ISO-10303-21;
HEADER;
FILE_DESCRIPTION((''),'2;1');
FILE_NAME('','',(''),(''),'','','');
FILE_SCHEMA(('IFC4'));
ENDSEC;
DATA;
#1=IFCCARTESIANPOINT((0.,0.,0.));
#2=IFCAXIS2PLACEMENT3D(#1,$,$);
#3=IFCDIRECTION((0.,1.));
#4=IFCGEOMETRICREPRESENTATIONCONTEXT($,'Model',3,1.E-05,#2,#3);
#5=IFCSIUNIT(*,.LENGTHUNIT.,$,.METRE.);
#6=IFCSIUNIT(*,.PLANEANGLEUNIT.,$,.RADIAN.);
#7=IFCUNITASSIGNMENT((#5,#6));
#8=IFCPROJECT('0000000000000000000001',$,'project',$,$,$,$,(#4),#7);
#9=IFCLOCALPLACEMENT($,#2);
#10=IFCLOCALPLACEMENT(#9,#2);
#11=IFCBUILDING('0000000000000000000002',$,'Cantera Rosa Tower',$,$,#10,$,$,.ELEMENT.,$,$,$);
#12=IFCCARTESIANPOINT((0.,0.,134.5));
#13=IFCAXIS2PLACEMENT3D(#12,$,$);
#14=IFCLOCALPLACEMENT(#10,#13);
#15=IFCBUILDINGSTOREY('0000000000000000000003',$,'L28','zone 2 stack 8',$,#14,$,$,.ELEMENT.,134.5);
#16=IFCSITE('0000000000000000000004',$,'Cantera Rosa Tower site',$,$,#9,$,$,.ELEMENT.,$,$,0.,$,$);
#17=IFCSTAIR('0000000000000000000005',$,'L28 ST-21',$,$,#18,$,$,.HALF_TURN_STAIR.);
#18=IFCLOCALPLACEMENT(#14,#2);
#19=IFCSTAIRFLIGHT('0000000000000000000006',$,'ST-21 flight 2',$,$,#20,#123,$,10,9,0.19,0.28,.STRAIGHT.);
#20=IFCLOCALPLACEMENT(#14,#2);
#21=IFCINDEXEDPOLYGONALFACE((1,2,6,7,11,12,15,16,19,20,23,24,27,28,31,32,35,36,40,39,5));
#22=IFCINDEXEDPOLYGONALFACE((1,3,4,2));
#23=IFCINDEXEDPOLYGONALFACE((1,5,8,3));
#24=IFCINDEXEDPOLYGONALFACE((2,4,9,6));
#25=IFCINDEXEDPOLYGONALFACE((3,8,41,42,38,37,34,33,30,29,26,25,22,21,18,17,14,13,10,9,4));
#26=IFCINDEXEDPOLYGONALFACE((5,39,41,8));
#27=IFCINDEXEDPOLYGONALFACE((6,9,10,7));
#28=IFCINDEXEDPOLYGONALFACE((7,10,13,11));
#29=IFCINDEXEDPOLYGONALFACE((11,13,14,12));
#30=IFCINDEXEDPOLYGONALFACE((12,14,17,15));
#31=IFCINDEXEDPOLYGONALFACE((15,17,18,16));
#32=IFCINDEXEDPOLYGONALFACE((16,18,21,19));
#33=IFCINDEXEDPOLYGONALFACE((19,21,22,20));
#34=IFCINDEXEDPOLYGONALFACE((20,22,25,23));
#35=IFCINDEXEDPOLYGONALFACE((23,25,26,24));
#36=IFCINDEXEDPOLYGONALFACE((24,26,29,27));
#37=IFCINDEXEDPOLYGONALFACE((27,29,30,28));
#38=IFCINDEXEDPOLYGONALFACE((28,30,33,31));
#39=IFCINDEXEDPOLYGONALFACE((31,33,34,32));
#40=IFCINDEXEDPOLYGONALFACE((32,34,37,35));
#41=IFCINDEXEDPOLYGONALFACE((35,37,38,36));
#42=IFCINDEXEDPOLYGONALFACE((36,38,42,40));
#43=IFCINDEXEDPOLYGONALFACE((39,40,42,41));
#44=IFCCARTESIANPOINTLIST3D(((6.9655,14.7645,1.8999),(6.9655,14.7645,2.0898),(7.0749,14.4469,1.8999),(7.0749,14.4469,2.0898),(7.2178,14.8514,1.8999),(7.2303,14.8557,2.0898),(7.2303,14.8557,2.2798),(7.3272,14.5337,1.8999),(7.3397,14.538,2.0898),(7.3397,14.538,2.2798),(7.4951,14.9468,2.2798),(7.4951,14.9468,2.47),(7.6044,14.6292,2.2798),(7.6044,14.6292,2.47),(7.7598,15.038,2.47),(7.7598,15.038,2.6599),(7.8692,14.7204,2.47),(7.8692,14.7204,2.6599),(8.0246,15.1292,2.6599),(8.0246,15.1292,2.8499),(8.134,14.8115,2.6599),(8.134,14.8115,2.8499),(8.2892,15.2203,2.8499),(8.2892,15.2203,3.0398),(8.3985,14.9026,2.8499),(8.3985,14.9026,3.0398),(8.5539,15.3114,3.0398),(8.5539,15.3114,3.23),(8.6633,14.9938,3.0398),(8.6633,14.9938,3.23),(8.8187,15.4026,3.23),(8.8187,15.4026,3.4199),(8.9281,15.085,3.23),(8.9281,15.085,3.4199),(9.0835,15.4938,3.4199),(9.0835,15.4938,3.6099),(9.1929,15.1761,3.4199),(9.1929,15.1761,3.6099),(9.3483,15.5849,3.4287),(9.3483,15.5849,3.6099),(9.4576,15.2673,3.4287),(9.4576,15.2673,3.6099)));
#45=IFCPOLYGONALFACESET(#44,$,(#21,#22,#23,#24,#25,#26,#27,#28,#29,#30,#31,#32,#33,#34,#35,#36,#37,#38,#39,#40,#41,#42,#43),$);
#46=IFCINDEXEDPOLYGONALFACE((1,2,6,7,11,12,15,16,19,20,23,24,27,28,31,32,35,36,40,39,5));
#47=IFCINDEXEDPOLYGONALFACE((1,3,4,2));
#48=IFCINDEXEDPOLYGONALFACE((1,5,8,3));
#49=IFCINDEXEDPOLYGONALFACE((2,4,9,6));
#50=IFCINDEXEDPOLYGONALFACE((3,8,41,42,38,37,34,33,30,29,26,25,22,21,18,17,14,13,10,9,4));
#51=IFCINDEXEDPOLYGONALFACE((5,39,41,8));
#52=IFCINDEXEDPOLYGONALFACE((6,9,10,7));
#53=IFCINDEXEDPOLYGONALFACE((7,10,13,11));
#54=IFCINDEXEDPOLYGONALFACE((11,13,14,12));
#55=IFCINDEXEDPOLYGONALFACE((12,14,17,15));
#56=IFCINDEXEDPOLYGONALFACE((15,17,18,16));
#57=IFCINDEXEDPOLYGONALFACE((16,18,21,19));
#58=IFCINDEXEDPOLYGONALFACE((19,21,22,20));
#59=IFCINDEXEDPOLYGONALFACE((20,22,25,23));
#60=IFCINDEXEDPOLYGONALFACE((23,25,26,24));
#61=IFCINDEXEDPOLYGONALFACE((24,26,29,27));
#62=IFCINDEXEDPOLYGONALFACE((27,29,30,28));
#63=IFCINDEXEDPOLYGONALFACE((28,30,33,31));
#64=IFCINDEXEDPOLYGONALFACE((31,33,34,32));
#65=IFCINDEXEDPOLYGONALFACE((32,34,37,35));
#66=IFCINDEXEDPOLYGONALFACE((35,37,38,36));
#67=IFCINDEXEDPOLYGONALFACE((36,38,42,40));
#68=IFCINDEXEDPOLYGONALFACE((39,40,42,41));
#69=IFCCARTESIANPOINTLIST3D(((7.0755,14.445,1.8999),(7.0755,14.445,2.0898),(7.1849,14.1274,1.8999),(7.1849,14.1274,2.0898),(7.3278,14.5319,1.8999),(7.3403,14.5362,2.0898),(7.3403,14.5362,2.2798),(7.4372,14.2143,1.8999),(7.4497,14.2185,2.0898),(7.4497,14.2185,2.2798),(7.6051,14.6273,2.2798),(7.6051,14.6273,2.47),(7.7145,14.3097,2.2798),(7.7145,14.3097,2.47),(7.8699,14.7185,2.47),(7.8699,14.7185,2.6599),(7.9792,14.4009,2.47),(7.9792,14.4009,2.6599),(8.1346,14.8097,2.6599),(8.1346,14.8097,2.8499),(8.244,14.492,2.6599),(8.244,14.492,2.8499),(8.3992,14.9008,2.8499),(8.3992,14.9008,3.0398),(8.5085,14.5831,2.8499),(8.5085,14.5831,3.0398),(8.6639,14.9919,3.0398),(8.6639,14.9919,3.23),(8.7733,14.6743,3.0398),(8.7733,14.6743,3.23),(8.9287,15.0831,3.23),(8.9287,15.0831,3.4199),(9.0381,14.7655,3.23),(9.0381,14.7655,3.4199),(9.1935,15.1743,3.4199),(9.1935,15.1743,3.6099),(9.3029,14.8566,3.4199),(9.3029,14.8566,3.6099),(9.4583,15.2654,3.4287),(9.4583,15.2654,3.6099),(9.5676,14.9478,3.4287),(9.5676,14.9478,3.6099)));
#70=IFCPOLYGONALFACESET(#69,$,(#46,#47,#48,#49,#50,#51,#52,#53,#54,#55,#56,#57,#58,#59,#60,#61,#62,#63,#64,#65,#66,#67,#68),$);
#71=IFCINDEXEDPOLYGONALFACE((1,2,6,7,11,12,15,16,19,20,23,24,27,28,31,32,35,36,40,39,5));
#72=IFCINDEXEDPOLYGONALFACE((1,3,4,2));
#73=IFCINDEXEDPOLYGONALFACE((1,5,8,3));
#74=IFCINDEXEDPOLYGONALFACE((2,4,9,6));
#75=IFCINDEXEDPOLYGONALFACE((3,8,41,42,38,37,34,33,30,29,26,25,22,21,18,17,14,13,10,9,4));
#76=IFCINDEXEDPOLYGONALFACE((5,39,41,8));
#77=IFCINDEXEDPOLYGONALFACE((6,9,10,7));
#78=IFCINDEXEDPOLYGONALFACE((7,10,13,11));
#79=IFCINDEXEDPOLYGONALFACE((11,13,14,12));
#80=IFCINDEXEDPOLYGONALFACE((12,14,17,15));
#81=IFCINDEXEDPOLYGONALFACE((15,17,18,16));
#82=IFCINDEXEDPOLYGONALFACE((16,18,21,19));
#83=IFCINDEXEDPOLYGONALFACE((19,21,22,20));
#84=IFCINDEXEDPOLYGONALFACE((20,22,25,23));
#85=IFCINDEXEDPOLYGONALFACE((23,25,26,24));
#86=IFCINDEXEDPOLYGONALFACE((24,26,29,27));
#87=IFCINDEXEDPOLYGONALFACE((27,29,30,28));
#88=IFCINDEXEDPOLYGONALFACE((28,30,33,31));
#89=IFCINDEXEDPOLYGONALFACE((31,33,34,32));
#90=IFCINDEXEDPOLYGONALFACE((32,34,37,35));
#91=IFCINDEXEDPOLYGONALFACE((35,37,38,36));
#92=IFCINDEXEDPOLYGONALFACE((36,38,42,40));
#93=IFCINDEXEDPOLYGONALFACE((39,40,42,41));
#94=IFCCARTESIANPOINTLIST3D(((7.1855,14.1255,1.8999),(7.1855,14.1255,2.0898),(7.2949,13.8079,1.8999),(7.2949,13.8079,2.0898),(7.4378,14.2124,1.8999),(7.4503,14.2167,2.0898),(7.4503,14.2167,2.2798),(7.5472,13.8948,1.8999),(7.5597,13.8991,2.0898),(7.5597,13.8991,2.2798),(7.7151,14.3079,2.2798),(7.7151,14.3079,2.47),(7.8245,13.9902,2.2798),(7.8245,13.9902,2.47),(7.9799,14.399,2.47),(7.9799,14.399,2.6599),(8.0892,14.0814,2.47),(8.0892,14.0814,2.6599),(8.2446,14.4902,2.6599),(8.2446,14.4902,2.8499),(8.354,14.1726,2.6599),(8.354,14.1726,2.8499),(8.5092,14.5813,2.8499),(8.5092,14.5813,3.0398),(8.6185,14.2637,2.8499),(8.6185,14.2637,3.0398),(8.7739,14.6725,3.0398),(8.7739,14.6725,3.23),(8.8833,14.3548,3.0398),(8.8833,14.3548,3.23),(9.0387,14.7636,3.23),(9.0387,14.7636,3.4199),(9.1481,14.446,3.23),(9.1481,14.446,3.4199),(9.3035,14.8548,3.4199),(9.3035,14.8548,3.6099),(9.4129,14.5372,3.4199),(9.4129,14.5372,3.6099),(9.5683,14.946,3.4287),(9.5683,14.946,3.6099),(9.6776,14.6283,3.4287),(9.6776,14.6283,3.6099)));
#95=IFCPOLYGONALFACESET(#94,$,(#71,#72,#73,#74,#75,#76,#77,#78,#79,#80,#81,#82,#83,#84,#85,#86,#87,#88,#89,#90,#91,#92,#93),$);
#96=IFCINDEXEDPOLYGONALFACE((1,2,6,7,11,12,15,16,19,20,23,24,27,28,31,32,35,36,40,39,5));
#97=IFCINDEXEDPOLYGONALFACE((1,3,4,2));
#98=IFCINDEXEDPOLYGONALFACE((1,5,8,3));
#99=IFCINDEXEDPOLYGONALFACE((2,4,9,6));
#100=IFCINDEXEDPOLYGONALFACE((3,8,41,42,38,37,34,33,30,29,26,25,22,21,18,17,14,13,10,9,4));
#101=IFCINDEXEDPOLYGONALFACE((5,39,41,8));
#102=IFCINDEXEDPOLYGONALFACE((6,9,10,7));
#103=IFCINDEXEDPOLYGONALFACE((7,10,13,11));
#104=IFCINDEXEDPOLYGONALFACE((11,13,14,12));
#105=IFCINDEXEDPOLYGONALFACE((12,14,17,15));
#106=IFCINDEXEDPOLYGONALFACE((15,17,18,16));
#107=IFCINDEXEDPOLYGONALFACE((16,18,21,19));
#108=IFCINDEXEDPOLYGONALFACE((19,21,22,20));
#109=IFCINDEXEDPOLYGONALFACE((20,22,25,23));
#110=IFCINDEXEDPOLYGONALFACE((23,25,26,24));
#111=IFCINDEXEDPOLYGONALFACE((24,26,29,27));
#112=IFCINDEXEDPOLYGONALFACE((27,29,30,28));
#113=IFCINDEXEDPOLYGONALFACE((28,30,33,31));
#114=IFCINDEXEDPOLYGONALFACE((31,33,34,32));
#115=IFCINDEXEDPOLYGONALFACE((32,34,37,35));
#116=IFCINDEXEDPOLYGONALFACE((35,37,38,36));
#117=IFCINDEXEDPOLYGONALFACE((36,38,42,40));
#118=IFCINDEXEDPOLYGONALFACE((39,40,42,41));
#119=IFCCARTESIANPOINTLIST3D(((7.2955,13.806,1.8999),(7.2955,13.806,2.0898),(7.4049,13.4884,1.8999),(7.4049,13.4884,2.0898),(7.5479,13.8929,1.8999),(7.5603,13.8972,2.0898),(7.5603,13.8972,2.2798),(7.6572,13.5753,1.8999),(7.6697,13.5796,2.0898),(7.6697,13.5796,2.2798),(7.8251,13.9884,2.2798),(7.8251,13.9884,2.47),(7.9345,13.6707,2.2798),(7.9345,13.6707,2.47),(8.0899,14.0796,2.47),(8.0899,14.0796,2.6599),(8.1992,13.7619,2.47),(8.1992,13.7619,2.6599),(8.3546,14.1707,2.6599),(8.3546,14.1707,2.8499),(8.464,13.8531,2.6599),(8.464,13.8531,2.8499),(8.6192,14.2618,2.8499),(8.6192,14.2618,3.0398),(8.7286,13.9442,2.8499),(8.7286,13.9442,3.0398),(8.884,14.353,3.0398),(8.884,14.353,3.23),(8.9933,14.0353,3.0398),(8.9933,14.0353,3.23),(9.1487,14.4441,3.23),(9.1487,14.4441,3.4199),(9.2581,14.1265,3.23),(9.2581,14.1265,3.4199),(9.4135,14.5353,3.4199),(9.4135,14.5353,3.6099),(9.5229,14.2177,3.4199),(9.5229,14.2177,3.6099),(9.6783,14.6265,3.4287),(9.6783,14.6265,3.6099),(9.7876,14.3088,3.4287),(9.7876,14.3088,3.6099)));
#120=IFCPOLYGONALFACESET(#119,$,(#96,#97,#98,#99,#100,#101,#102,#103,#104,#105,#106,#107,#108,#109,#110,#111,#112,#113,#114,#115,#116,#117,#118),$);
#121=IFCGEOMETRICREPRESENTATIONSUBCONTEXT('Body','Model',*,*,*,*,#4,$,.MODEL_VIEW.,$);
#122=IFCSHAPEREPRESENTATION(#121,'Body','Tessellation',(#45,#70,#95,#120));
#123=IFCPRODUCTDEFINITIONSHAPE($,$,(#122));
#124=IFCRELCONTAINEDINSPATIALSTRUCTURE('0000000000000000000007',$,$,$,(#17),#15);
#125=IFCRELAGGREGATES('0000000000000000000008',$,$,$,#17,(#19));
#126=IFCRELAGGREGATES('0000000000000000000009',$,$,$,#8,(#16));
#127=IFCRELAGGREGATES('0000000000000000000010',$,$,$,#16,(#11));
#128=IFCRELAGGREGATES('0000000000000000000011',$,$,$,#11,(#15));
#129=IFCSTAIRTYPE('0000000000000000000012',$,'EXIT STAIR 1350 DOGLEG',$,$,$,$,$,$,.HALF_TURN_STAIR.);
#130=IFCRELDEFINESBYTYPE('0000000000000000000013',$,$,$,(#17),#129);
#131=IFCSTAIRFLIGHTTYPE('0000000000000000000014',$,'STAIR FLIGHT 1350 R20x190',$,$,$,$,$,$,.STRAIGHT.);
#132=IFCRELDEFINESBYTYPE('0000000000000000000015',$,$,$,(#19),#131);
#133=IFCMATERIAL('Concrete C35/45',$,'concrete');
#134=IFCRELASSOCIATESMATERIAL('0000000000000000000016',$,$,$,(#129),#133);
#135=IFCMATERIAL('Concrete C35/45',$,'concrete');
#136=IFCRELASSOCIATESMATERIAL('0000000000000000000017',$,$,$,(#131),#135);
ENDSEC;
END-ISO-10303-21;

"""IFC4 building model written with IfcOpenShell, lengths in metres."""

from ifc_helpers import new_model, si_unit, direction, frame, origin, place, context, subcontext, project, spatial, polyline, outline, extrude, material, type_object, element, aggregate, save


model = new_model("IFC4")

# Units and contexts
model_context = context("Model", 3, precision=1e-05, world=origin(), true_north=direction((0.0, 1.0)))
body_context = subcontext(model_context, "Body", "Model", "MODEL_VIEW")
ifc_project = project(units=[si_unit("LENGTHUNIT", "METRE"), si_unit("PLANEANGLEUNIT", "RADIAN")], contexts=[model_context])

# Site, building, storey
site_placement = place(None, origin())
site = spatial("IfcSite", under=ifc_project, at=site_placement, Name="Cantera Rosa Tower site", CompositionType="ELEMENT", RefElevation=0.0)
building_placement = place(site_placement, origin())
building = spatial("IfcBuilding", under=site, at=building_placement, Name="Cantera Rosa Tower", CompositionType="ELEMENT")
storey_placement = place(building_placement, frame((0.0, 0.0, 134.5)))
storey = spatial("IfcBuildingStorey", under=building, at=storey_placement, Name="L28", Description="zone 2 stack 8", CompositionType="ELEMENT", Elevation=134.5)

# Stair, stair flight
ifc_material_1 = material(Name="Concrete C35/45", Category="concrete")
stair_type = type_object("IfcStairType", Name="EXIT STAIR 1350 DOGLEG", PredefinedType="HALF_TURN_STAIR", material=ifc_material_1)
stair_placement = place(storey_placement, origin())
stair = element("IfcStair", 1, at=stair_placement, inside=storey, type_object=stair_type, Name="L28 ST-21", PredefinedType="HALF_TURN_STAIR")
ifc_material_2 = material(Name="Concrete C35/45", Category="concrete")
stair_flight_type = type_object("IfcStairFlightType", Name="STAIR FLIGHT 1350 R20x190", PredefinedType="STRAIGHT", material=ifc_material_2)
stair_flight_placement = place(storey_placement, frame((7.1853, 14.1262, 1.8999), z_axis=(0.0, 0.0, 1.0), x_axis=(0.945519, 0.325568, 0.0)))
stair_flight = element("IfcStairFlight", 2, at=stair_flight_placement, type_object=stair_flight_type, Name="ST-21 flight 2", NumberOfRisers=10, NumberOfTreads=9, PredefinedType="STRAIGHT", RiserHeight=0.19, TreadLength=0.28, context=body_context, shape_type="SweptSolid", body=[
    extrude(outline(polyline([(0.0, 0.0), (0.0, 0.1899), (0.28, 0.1899), (0.28, 0.3799), (0.5601, 0.3799), (0.5601, 0.5701), (0.8401, 0.5701), (0.8401, 0.76), (1.1201, 0.76), (1.1201, 0.95), (1.3999, 0.95), (1.3999, 1.1399), (1.6799, 1.1399), (1.6799, 1.3301), (1.96, 1.3301), (1.96, 1.52), (2.24, 1.52), (2.24, 1.71), (2.52, 1.71), (2.52, 1.8999), (2.52, 1.5288), (0.2668, 0.0), (0.0, 0.0)])), frame((0.0, 0.675, 0.0), z_axis=(0.0, -1.0, 0.0), x_axis=(1.0, 0.0, 0.0)), (0.0, 0.0, 1.0), 0.3359),
    extrude(outline(polyline([(0.0, 0.0), (0.0, 0.1899), (0.28, 0.1899), (0.28, 0.3799), (0.5601, 0.3799), (0.5601, 0.5701), (0.8401, 0.5701), (0.8401, 0.76), (1.1201, 0.76), (1.1201, 0.95), (1.3999, 0.95), (1.3999, 1.1399), (1.6799, 1.1399), (1.6799, 1.3301), (1.96, 1.3301), (1.96, 1.52), (2.24, 1.52), (2.24, 1.71), (2.52, 1.71), (2.52, 1.8999), (2.52, 1.5288), (0.2668, 0.0), (0.0, 0.0)])), frame((0.0, 0.3372, 0.0), z_axis=(0.0, -1.0, 0.0), x_axis=(1.0, 0.0, 0.0)), (0.0, 0.0, 1.0), 0.3359),
    extrude(outline(polyline([(0.0, 0.0), (0.0, 0.1899), (0.28, 0.1899), (0.28, 0.3799), (0.5601, 0.3799), (0.5601, 0.5701), (0.8401, 0.5701), (0.8401, 0.76), (1.1201, 0.76), (1.1201, 0.95), (1.3999, 0.95), (1.3999, 1.1399), (1.6799, 1.1399), (1.6799, 1.3301), (1.96, 1.3301), (1.96, 1.52), (2.24, 1.52), (2.24, 1.71), (2.52, 1.71), (2.52, 1.8999), (2.52, 1.5288), (0.2668, 0.0), (0.0, 0.0)])), frame((0.0, -0.0007, 0.0), z_axis=(0.0, -1.0, 0.0), x_axis=(1.0, 0.0, 0.0)), (0.0, 0.0, 1.0), 0.3359),
    extrude(outline(polyline([(0.0, 0.0), (0.0, 0.1899), (0.28, 0.1899), (0.28, 0.3799), (0.5601, 0.3799), (0.5601, 0.5701), (0.8401, 0.5701), (0.8401, 0.76), (1.1201, 0.76), (1.1201, 0.95), (1.3999, 0.95), (1.3999, 1.1399), (1.6799, 1.1399), (1.6799, 1.3301), (1.96, 1.3301), (1.96, 1.52), (2.24, 1.52), (2.24, 1.71), (2.52, 1.71), (2.52, 1.8999), (2.52, 1.5288), (0.2668, 0.0), (0.0, 0.0)])), frame((0.0, -0.3386, 0.0), z_axis=(0.0, -1.0, 0.0), x_axis=(1.0, 0.0, 0.0)), (0.0, 0.0, 1.0), 0.3359),
])
aggregate(stair, [stair_flight])

save(model, "model.ifc")
